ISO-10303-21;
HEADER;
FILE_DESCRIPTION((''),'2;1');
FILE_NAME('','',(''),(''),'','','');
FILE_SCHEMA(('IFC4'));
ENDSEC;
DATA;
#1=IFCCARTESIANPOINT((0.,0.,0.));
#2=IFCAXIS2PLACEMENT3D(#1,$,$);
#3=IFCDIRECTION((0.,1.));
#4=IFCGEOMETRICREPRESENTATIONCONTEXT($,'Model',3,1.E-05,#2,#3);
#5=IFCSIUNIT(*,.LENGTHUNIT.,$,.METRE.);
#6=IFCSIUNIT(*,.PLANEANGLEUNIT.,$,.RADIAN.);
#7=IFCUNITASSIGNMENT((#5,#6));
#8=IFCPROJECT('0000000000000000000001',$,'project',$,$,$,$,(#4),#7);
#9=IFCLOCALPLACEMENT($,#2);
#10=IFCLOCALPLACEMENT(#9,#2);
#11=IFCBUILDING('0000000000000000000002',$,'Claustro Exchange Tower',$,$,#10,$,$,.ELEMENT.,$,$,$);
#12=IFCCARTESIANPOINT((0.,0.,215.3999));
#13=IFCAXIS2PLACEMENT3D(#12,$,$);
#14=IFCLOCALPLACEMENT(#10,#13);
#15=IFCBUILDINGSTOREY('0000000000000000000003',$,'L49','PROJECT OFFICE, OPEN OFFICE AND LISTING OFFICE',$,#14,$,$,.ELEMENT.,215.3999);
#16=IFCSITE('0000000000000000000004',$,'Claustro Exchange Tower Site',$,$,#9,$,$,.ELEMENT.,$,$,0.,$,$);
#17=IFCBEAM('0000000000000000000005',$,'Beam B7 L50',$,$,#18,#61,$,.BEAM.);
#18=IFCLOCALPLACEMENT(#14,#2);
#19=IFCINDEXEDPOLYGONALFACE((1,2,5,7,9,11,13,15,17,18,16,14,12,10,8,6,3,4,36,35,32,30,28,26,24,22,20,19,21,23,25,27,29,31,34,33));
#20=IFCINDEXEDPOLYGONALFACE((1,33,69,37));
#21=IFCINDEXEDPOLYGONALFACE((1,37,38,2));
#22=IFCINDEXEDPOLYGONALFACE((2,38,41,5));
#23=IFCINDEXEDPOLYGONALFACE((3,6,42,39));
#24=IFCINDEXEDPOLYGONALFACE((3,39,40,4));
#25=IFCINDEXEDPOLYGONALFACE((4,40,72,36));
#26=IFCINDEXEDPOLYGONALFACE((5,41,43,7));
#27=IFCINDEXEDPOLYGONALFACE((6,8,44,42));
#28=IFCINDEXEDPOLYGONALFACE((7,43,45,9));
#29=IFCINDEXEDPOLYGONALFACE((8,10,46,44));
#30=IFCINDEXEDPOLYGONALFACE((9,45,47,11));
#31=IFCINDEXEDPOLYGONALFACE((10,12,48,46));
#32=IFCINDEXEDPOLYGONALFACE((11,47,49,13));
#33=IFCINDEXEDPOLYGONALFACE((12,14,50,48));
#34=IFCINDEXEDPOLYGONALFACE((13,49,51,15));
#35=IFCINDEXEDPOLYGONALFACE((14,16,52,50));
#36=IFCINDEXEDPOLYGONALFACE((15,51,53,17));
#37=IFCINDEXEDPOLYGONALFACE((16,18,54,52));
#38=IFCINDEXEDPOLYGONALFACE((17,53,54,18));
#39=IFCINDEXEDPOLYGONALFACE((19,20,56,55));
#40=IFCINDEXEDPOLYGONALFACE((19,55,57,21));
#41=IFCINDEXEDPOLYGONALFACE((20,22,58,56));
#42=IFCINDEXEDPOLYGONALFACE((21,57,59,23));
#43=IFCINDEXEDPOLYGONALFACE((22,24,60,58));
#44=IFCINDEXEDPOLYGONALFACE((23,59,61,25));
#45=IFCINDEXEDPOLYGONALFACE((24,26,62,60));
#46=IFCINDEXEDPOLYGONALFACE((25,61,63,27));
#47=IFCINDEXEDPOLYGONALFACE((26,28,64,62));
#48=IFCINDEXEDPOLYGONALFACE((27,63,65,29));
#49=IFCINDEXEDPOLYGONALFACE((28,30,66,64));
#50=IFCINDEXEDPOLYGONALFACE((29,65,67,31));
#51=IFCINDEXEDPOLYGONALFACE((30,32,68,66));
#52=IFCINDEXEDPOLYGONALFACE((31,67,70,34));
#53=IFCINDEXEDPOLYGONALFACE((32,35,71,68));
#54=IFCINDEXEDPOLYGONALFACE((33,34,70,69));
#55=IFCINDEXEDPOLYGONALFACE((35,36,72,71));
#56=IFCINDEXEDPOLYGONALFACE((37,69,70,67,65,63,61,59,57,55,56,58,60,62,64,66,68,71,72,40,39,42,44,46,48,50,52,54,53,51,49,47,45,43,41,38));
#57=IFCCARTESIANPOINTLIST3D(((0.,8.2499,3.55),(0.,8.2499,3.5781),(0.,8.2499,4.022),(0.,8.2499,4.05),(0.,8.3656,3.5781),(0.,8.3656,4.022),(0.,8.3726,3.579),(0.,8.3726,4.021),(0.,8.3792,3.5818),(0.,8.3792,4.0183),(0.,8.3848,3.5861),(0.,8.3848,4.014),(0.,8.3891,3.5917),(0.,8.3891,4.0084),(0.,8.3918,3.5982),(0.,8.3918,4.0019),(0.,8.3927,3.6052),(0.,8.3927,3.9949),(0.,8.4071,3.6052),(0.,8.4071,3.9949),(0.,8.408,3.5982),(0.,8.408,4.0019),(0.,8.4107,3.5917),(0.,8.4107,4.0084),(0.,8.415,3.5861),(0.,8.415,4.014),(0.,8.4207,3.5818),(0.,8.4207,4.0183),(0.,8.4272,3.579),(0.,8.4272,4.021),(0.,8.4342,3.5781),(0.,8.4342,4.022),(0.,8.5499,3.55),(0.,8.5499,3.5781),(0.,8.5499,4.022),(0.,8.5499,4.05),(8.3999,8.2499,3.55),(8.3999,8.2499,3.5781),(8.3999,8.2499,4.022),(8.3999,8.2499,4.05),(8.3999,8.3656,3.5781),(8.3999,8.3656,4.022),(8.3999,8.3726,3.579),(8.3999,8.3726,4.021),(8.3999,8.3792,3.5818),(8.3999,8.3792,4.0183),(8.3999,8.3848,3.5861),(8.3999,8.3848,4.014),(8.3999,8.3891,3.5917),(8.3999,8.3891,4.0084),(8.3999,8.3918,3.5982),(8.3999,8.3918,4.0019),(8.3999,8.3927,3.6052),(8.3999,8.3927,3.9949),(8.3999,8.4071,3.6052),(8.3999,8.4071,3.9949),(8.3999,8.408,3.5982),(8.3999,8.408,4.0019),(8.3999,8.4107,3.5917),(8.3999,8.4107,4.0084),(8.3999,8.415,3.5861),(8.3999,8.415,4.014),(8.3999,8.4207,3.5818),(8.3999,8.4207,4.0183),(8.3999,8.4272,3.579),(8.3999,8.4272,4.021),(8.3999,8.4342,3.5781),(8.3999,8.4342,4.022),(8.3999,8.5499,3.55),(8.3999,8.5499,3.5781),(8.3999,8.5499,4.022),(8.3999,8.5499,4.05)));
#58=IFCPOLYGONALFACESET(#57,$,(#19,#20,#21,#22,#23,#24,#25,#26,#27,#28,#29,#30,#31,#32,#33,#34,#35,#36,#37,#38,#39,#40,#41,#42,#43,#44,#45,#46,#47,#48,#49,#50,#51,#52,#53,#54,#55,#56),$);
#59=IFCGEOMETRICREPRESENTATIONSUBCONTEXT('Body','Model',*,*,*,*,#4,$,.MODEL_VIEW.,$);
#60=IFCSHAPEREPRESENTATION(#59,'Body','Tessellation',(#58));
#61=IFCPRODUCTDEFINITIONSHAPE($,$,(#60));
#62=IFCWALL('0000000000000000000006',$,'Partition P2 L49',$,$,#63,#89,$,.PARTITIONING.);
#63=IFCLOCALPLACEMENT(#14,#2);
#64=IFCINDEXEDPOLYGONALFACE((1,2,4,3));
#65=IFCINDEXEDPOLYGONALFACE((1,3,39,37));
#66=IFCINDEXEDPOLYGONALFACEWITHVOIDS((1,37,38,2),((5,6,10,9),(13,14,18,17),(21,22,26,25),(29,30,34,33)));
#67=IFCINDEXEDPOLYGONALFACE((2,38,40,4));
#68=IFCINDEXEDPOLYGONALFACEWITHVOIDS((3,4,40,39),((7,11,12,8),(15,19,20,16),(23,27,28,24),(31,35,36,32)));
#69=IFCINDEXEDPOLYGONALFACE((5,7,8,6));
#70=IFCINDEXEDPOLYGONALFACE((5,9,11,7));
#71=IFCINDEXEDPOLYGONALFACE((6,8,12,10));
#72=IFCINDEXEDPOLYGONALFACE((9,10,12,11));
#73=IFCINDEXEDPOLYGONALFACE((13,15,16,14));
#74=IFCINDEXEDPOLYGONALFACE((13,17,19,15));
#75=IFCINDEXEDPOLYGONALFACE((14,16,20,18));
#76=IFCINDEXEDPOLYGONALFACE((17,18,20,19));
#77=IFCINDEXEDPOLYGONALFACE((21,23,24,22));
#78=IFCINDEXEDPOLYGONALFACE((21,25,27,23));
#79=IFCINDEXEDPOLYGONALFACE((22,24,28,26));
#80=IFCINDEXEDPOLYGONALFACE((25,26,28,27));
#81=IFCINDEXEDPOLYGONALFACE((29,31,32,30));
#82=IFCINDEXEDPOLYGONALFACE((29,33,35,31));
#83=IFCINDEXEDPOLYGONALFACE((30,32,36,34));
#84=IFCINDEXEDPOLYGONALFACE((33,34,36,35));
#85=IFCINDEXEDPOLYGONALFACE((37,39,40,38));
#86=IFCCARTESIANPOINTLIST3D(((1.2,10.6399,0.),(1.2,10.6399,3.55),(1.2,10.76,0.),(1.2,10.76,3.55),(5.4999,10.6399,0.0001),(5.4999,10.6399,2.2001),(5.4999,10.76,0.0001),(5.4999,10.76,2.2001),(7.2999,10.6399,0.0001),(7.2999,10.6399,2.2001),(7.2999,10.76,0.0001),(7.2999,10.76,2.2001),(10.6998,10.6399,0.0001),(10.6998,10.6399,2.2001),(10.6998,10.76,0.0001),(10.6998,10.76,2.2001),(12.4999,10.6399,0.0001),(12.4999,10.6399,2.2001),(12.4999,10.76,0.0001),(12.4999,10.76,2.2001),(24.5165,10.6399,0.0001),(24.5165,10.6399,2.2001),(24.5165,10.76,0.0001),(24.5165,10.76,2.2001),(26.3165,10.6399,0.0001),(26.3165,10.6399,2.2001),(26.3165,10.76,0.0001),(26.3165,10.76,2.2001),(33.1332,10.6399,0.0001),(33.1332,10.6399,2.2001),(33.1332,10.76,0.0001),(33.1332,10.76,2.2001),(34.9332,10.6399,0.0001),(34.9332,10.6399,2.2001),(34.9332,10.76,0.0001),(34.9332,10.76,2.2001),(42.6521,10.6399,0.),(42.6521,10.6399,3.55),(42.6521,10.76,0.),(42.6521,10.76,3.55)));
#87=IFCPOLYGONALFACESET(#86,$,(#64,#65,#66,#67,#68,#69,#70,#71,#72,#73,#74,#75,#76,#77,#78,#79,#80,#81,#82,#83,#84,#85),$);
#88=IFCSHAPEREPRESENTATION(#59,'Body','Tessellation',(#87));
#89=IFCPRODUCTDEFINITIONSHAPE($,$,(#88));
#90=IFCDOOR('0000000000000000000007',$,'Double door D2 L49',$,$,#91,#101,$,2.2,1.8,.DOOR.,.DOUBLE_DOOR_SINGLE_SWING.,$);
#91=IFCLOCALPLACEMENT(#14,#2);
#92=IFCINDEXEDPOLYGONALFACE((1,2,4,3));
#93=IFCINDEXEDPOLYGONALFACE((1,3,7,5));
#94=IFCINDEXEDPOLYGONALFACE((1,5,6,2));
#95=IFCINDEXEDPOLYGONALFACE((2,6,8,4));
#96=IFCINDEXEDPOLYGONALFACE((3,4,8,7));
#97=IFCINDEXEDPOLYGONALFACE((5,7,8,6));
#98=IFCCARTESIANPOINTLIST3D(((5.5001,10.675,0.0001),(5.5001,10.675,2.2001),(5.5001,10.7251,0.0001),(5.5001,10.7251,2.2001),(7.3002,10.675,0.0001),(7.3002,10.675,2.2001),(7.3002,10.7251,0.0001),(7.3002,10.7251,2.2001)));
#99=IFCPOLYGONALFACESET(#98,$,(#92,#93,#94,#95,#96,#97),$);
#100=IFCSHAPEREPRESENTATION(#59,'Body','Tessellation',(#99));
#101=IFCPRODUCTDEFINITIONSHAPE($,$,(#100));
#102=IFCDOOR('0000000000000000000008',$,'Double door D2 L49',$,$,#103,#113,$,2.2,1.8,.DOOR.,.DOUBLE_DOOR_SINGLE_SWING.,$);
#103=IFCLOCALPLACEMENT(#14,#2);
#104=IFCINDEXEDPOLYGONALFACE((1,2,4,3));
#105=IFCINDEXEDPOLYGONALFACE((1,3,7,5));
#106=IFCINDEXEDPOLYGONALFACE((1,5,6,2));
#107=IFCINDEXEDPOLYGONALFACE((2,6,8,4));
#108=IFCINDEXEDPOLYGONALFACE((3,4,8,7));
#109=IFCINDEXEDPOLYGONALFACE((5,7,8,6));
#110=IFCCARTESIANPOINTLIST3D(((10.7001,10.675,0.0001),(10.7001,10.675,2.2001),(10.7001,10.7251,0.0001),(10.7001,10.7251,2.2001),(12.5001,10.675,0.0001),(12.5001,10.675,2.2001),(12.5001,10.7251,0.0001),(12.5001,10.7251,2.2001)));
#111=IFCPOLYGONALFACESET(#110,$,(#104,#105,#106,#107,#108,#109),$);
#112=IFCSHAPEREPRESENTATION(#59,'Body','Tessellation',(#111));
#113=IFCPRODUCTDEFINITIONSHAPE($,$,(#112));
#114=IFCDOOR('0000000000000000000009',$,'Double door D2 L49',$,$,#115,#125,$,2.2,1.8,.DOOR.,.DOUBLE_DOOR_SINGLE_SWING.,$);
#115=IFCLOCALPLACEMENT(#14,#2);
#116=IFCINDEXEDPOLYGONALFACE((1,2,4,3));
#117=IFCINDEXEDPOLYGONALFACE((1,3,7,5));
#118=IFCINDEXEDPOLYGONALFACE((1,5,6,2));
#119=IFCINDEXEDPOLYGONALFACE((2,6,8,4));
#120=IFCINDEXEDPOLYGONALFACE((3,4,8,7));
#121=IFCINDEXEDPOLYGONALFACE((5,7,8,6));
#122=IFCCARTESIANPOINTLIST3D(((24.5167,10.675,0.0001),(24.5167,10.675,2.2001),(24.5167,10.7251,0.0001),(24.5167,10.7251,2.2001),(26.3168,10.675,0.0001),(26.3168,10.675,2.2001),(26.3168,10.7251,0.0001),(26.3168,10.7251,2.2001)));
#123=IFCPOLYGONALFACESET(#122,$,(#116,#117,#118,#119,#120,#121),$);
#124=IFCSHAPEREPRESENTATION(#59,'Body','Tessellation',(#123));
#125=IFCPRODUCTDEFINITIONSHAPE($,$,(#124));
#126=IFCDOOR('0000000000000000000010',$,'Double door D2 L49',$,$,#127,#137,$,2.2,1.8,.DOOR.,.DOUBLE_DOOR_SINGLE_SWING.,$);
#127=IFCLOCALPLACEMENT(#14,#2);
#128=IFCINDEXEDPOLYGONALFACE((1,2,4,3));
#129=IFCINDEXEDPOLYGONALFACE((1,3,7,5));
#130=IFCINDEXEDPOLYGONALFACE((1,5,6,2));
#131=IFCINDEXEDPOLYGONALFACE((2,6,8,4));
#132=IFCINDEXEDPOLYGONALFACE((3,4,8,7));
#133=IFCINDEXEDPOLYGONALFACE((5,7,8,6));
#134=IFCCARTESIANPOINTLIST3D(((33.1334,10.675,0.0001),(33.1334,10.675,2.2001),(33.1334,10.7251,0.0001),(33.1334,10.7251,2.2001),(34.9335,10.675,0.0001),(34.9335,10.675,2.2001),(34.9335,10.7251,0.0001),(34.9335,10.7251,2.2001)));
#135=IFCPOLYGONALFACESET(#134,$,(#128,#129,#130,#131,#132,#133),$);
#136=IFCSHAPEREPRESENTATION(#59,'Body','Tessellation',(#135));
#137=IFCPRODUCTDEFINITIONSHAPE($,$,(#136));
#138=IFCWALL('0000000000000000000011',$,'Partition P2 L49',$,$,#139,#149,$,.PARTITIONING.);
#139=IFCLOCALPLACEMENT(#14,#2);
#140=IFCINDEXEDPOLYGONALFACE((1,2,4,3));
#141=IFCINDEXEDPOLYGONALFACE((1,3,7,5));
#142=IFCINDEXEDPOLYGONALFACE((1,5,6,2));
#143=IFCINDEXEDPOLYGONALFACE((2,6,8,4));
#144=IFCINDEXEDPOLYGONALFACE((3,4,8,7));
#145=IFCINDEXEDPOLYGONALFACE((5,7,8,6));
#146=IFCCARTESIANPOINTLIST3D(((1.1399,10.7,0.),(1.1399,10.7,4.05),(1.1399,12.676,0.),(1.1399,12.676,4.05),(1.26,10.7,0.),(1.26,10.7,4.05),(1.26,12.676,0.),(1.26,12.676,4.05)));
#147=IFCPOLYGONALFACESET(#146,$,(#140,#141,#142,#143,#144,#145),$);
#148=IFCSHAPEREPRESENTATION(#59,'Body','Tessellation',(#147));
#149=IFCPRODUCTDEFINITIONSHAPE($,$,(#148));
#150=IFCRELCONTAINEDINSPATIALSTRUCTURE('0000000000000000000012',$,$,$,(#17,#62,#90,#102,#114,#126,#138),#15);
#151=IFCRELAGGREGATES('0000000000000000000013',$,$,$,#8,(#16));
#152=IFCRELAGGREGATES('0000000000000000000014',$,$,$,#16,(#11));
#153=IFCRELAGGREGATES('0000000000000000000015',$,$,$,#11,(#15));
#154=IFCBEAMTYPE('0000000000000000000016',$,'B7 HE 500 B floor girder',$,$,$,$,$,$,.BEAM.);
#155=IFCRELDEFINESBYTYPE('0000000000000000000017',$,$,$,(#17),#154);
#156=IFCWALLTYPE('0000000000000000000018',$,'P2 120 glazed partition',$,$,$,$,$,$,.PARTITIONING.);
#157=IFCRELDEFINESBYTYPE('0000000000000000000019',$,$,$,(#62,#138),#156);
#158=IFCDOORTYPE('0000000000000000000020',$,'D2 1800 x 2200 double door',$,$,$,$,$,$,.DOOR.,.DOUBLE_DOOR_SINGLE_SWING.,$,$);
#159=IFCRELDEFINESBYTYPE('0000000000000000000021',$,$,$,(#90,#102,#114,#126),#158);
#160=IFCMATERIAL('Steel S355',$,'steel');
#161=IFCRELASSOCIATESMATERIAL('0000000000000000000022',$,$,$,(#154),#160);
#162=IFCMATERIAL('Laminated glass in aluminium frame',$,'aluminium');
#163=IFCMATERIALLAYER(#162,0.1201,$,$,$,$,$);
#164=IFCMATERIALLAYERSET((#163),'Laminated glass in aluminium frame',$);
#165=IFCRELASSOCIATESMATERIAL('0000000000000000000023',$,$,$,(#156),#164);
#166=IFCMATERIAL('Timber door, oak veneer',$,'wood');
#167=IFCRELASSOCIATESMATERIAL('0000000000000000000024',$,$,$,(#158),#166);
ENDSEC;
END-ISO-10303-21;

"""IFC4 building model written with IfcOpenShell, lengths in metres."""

from ifc_helpers import new_model, si_unit, direction, frame, frame_2d, origin, origin_2d, place, context, subcontext, project, spatial, rectangle, i_section, extrude, material, layer, layer_set, material_profile, profile_set, type_object, element, fill, save


model = new_model("IFC4")

# Units and contexts
model_context = context("Model", 3, precision=1e-05, world=origin(), true_north=direction((0.0, 1.0)))
body_context = subcontext(model_context, "Body", "Model", "MODEL_VIEW")
ifc_project = project(units=[si_unit("LENGTHUNIT", "METRE"), si_unit("PLANEANGLEUNIT", "RADIAN")], contexts=[model_context])

# Site, building, storey
site_placement = place(None, origin())
site = spatial("IfcSite", under=ifc_project, at=site_placement, Name="Claustro Exchange Tower Site", CompositionType="ELEMENT", RefElevation=0.0)
building_placement = place(site_placement, origin())
building = spatial("IfcBuilding", under=site, at=building_placement, Name="Claustro Exchange Tower", CompositionType="ELEMENT")
storey_placement = place(building_placement, frame((0.0, 0.0, 215.3999)))
storey = spatial("IfcBuildingStorey", under=building, at=storey_placement, Name="L49", Description="PROJECT OFFICE, OPEN OFFICE AND LISTING OFFICE", CompositionType="ELEMENT", Elevation=215.3999)

# Beam
ifc_material_1 = material(Name="Steel S355", Category="steel")
ifc_material_profile = material_profile(ifc_material_1, i_section(OverallWidth=0.3, OverallDepth=0.5, WebThickness=0.0144, FlangeThickness=0.0281, FilletRadius=0.0271, at=origin_2d()), Name="HE 500 B")
ifc_profile_set = profile_set([ifc_material_profile], Name="Steel S355")
beam_type = type_object("IfcBeamType", Name="B7 HE 500 B floor girder", PredefinedType="BEAM", material=ifc_profile_set)
beam_placement = place(storey_placement, frame((0.0, 8.3999, 3.8), z_axis=(1.0, 0.0, 0.0), x_axis=(0.0, 1.0, 0.0)))
element("IfcBeam", 1, at=beam_placement, inside=storey, type_object=beam_type, Name="Beam B7 L50", PredefinedType="BEAM", context=body_context, shape_type="SweptSolid", body=[
    extrude(i_section(OverallWidth=0.3, OverallDepth=0.5, WebThickness=0.0144, FlangeThickness=0.0281, FilletRadius=0.0271, at=origin_2d()), origin(), (0.0, 0.0, 1.0), 8.3999),
])

# Wall, openings, doors
ifc_material_2 = material(Name="Laminated glass in aluminium frame", Category="aluminium")
ifc_layer_1 = layer(ifc_material_2, 0.1201)
ifc_layer_set_1 = layer_set([ifc_layer_1], Name="Laminated glass in aluminium frame")
wall_type_1 = type_object("IfcWallType", Name="P2 120 glazed partition", PredefinedType="PARTITIONING", material=ifc_layer_set_1)
wall_1_placement = place(storey_placement, frame((1.2, 10.7, 0.0), z_axis=(0.0, 0.0, 1.0), x_axis=(1.0, 0.0, 0.0)))
wall_1 = element("IfcWall", 2, at=wall_1_placement, inside=storey, type_object=wall_type_1, Name="Partition P2 L49", PredefinedType="PARTITIONING", context=body_context, shape_type="SweptSolid", body=[
    extrude(rectangle(XDim=41.4521, YDim=0.1201, at=frame_2d((20.7261, 0.0))), origin(), (0.0, 0.0, 1.0), 3.55),
])
opening_1_placement = place(wall_1_placement, frame((4.3, 0.0, 0.0)))
opening_1 = element("IfcOpeningElement", 3, at=opening_1_placement, cuts=wall_1, PredefinedType="OPENING", context=body_context, shape_type="SweptSolid", body=[
    extrude(rectangle(XDim=1.8, YDim=2.2, at=frame_2d((0.8999, 1.1001))), frame((0.0, 0.0701, 0.0), z_axis=(0.0, -1.0, 0.0), x_axis=(1.0, 0.0, 0.0)), (0.0, 0.0, 1.0), 0.1401),
])
opening_2_placement = place(wall_1_placement, frame((9.5, 0.0, 0.0)))
opening_2 = element("IfcOpeningElement", 4, at=opening_2_placement, cuts=wall_1, PredefinedType="OPENING", context=body_context, shape_type="SweptSolid", body=[
    extrude(rectangle(XDim=1.8, YDim=2.2, at=frame_2d((0.8999, 1.1001))), frame((0.0, 0.0701, 0.0), z_axis=(0.0, -1.0, 0.0), x_axis=(1.0, 0.0, 0.0)), (0.0, 0.0, 1.0), 0.1401),
])
opening_3_placement = place(wall_1_placement, frame((23.3167, 0.0, 0.0)))
opening_3 = element("IfcOpeningElement", 5, at=opening_3_placement, cuts=wall_1, PredefinedType="OPENING", context=body_context, shape_type="SweptSolid", body=[
    extrude(rectangle(XDim=1.8, YDim=2.2, at=frame_2d((0.8999, 1.1001))), frame((0.0, 0.0701, 0.0), z_axis=(0.0, -1.0, 0.0), x_axis=(1.0, 0.0, 0.0)), (0.0, 0.0, 1.0), 0.1401),
])
opening_4_placement = place(wall_1_placement, frame((31.9333, 0.0, 0.0)))
opening_4 = element("IfcOpeningElement", 6, at=opening_4_placement, cuts=wall_1, PredefinedType="OPENING", context=body_context, shape_type="SweptSolid", body=[
    extrude(rectangle(XDim=1.8, YDim=2.2, at=frame_2d((0.8999, 1.1001))), frame((0.0, 0.0701, 0.0), z_axis=(0.0, -1.0, 0.0), x_axis=(1.0, 0.0, 0.0)), (0.0, 0.0, 1.0), 0.1401),
])
ifc_material_3 = material(Name="Timber door, oak veneer", Category="wood")
door_type_1 = type_object("IfcDoorType", Name="D2 1800 x 2200 double door", OperationType="DOUBLE_DOOR_SINGLE_SWING", PredefinedType="DOOR", material=ifc_material_3)
door_1_placement = place(opening_1_placement, frame((1.8, 0.0, 0.0), z_axis=(0.0, 0.0, 1.0), x_axis=(-1.0, 0.0, 0.0)))
door_1 = element("IfcDoor", 7, at=door_1_placement, inside=storey, type_object=door_type_1, Name="Double door D2 L49", OperationType="DOUBLE_DOOR_SINGLE_SWING", OverallHeight=2.2, OverallWidth=1.8, PredefinedType="DOOR", context=body_context, shape_type="SweptSolid", body=[
    extrude(rectangle(XDim=1.8, YDim=2.2, at=frame_2d((0.8999, 1.1001))), frame((0.0, 0.0249, 0.0), z_axis=(0.0, -1.0, 0.0), x_axis=(1.0, 0.0, 0.0)), (0.0, 0.0, 1.0), 0.05),
])
fill(opening_1, door_1)
door_2_placement = place(opening_2_placement, frame((1.8, 0.0, 0.0), z_axis=(0.0, 0.0, 1.0), x_axis=(-1.0, 0.0, 0.0)))
door_2 = element("IfcDoor", 8, at=door_2_placement, inside=storey, type_object=door_type_1, Name="Double door D2 L49", OperationType="DOUBLE_DOOR_SINGLE_SWING", OverallHeight=2.2, OverallWidth=1.8, PredefinedType="DOOR", context=body_context, shape_type="SweptSolid", body=[
    extrude(rectangle(XDim=1.8, YDim=2.2, at=frame_2d((0.8999, 1.1001))), frame((0.0, 0.0249, 0.0), z_axis=(0.0, -1.0, 0.0), x_axis=(1.0, 0.0, 0.0)), (0.0, 0.0, 1.0), 0.05),
])
fill(opening_2, door_2)
door_3_placement = place(opening_3_placement, frame((1.8, 0.0, 0.0), z_axis=(0.0, 0.0, 1.0), x_axis=(-1.0, 0.0, 0.0)))
door_3 = element("IfcDoor", 9, at=door_3_placement, inside=storey, type_object=door_type_1, Name="Double door D2 L49", OperationType="DOUBLE_DOOR_SINGLE_SWING", OverallHeight=2.2, OverallWidth=1.8, PredefinedType="DOOR", context=body_context, shape_type="SweptSolid", body=[
    extrude(rectangle(XDim=1.8, YDim=2.2, at=frame_2d((0.8999, 1.1001))), frame((0.0, 0.0249, 0.0), z_axis=(0.0, -1.0, 0.0), x_axis=(1.0, 0.0, 0.0)), (0.0, 0.0, 1.0), 0.05),
])
fill(opening_3, door_3)
door_4_placement = place(opening_4_placement, frame((1.8, 0.0, 0.0), z_axis=(0.0, 0.0, 1.0), x_axis=(-1.0, 0.0, 0.0)))
door_4 = element("IfcDoor", 10, at=door_4_placement, inside=storey, type_object=door_type_1, Name="Double door D2 L49", OperationType="DOUBLE_DOOR_SINGLE_SWING", OverallHeight=2.2, OverallWidth=1.8, PredefinedType="DOOR", context=body_context, shape_type="SweptSolid", body=[
    extrude(rectangle(XDim=1.8, YDim=2.2, at=frame_2d((0.8999, 1.1001))), frame((0.0, 0.0249, 0.0), z_axis=(0.0, -1.0, 0.0), x_axis=(1.0, 0.0, 0.0)), (0.0, 0.0, 1.0), 0.05),
])
fill(opening_4, door_4)

# Wall
wall_2_placement = place(storey_placement, frame((1.2, 10.7, 0.0), z_axis=(0.0, 0.0, 1.0), x_axis=(0.0, 1.0, 0.0)))
element("IfcWall", 11, at=wall_2_placement, inside=storey, type_object=wall_type_1, Name="Partition P2 L49", PredefinedType="PARTITIONING", context=body_context, shape_type="SweptSolid", body=[
    extrude(rectangle(XDim=1.9761, YDim=0.1201, at=frame_2d((0.988, 0.0))), origin(), (0.0, 0.0, 1.0), 4.05),
])

save(model, "model.ifc")
